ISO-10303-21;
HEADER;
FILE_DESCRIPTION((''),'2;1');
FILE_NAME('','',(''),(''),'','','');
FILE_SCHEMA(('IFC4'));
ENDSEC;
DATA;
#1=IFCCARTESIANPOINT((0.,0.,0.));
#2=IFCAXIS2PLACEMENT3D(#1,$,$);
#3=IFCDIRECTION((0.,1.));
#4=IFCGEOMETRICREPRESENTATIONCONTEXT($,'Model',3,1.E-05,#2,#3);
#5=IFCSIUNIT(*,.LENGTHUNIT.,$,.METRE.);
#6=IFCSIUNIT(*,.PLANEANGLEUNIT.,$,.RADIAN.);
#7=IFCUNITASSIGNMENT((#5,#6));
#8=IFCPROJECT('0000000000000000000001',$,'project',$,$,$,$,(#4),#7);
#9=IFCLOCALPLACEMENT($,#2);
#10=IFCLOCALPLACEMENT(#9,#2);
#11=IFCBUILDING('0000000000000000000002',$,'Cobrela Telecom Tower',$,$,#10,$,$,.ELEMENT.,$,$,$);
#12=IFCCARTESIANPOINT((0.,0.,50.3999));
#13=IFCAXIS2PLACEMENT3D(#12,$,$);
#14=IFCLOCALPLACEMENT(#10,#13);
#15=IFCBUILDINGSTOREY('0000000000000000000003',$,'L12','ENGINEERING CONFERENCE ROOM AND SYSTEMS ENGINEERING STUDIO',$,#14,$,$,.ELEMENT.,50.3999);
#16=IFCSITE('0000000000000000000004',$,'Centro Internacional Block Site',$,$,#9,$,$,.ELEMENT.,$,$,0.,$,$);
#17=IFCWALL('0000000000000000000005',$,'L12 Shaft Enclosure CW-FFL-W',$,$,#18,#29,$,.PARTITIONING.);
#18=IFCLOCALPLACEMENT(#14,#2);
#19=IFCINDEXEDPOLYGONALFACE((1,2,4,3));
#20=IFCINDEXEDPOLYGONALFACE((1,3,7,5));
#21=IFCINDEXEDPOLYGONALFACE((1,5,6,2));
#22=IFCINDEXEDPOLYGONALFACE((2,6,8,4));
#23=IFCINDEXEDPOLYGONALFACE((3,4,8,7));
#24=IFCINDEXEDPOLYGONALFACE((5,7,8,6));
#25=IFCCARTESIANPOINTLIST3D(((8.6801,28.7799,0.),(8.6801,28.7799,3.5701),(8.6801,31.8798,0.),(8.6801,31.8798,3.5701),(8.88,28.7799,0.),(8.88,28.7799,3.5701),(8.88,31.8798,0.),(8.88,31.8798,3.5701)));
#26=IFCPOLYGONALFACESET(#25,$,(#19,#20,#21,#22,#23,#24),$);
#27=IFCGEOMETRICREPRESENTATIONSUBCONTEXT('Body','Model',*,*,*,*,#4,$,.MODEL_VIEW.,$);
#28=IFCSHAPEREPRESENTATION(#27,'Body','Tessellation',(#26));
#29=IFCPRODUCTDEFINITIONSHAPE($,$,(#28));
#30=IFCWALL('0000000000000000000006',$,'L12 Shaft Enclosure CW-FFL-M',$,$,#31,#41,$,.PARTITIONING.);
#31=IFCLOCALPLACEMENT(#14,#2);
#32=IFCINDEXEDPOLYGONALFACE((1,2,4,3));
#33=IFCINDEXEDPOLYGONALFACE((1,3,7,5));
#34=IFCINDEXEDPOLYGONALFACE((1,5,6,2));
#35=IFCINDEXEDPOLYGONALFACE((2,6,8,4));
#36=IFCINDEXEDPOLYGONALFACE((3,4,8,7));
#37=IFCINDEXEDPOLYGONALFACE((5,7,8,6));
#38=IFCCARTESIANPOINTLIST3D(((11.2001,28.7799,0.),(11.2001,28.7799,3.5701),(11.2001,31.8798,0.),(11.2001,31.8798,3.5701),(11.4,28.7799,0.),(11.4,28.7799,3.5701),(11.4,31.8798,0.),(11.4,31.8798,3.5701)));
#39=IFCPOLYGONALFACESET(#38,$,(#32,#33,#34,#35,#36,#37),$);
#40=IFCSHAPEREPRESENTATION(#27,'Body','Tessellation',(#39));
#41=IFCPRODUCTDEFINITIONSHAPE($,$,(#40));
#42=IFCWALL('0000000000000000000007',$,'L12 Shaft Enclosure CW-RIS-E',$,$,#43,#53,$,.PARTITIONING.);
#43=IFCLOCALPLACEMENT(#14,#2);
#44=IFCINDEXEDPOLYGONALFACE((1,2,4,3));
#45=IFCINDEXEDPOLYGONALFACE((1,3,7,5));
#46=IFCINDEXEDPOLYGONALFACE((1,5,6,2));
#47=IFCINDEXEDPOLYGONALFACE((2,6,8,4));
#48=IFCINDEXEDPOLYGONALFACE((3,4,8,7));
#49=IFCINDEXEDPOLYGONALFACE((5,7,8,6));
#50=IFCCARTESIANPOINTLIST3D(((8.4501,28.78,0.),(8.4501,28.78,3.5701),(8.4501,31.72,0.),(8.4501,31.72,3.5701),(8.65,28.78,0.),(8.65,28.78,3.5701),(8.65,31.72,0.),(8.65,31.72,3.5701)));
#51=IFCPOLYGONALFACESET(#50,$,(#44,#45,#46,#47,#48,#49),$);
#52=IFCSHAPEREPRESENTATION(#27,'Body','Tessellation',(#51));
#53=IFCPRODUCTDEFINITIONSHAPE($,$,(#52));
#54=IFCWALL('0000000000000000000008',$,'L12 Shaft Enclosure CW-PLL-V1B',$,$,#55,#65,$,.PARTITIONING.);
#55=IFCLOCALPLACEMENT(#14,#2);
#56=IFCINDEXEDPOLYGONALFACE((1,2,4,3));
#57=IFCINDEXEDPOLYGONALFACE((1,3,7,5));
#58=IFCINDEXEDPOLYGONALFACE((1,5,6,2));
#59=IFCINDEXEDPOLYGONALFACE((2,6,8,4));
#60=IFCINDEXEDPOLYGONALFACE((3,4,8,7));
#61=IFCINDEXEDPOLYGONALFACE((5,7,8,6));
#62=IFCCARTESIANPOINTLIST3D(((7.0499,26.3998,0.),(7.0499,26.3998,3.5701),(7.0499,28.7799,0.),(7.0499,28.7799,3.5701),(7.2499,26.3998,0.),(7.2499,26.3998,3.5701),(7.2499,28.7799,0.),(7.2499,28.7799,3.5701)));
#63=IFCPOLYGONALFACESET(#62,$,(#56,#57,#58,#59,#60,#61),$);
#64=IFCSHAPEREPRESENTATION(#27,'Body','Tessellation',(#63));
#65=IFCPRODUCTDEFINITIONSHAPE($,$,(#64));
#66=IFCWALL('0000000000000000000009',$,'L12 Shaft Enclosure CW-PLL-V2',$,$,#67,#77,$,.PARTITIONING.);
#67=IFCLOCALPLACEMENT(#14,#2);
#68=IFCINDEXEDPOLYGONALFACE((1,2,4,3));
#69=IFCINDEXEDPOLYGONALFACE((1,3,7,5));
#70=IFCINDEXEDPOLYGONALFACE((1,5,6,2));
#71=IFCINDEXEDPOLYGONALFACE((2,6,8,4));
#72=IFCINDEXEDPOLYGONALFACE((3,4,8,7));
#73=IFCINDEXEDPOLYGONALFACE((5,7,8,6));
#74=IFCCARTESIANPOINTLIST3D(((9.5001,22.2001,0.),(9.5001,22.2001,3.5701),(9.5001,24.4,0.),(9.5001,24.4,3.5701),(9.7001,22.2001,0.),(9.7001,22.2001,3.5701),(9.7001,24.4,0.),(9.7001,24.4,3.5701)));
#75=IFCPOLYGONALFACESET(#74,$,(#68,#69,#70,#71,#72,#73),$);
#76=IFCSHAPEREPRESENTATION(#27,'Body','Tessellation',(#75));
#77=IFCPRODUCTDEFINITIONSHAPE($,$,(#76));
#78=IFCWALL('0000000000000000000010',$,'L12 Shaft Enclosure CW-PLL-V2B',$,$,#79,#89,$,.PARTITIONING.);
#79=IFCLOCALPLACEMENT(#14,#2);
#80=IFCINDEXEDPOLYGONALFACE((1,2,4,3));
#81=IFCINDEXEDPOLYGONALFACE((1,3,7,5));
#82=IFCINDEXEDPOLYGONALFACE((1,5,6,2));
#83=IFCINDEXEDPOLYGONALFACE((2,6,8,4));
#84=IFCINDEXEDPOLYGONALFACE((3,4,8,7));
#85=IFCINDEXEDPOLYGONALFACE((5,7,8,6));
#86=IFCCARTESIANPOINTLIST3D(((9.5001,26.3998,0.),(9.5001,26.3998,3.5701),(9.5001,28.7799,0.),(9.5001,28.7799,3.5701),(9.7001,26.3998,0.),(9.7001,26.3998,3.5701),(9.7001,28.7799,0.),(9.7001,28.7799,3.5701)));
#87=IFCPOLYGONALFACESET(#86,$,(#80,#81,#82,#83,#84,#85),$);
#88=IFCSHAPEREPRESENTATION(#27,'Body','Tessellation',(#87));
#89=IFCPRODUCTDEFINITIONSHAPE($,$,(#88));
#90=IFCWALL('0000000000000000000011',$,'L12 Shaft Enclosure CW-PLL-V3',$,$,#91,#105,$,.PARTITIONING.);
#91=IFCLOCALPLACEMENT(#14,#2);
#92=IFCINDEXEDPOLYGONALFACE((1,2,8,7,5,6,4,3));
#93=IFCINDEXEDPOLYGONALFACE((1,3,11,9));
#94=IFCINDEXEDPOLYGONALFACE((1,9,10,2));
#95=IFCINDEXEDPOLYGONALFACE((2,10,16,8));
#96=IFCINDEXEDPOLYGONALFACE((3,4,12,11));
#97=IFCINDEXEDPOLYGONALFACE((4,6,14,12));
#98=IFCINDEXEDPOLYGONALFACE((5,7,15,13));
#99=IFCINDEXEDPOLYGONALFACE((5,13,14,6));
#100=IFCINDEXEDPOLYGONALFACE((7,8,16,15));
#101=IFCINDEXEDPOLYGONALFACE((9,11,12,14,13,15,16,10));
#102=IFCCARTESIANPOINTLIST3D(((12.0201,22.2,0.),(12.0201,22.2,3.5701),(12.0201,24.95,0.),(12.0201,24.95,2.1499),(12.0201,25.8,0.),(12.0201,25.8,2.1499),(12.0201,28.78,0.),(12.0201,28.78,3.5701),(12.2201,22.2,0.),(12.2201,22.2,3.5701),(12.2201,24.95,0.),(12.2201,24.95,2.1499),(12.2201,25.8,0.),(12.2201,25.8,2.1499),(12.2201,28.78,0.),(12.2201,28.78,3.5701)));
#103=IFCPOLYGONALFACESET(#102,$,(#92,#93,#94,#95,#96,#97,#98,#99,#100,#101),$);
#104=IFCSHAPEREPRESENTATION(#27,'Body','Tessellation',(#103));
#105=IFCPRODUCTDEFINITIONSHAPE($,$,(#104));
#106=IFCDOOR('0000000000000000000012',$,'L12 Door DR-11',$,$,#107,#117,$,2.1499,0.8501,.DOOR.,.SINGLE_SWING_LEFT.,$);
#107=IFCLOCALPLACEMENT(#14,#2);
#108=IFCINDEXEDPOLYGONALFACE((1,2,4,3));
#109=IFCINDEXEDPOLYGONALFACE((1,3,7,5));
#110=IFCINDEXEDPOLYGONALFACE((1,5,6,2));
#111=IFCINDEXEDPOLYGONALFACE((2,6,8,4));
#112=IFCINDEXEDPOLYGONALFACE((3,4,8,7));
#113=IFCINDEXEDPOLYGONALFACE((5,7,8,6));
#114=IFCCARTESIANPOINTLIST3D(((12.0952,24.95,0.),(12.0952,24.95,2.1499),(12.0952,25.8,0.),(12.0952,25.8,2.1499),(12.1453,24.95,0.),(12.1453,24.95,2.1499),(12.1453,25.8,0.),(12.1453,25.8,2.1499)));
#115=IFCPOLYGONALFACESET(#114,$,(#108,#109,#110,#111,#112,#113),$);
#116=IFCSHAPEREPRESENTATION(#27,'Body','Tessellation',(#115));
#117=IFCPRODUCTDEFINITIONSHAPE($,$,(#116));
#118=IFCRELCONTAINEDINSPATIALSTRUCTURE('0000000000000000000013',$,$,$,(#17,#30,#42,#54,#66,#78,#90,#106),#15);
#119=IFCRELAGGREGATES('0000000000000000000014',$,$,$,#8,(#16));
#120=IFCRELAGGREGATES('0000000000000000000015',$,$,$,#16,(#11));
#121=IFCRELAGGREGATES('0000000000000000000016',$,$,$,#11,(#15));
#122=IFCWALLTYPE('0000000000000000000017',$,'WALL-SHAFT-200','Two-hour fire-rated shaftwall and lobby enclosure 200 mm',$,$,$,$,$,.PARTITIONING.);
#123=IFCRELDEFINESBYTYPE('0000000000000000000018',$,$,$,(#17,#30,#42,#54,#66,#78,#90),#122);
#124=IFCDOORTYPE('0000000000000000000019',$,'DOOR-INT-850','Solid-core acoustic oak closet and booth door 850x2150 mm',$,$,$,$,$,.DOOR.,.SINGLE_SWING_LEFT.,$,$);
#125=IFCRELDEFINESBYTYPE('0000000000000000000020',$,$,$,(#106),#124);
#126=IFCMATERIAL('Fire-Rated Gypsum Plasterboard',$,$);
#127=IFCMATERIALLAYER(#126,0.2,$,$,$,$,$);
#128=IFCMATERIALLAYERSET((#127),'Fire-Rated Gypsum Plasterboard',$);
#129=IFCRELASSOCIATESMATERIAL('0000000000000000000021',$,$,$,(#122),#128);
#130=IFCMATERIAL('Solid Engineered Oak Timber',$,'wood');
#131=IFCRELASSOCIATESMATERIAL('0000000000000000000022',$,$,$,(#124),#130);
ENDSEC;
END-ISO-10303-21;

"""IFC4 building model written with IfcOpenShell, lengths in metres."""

from ifc_helpers import new_model, si_unit, direction, frame, frame_2d, origin, place, context, subcontext, project, spatial, rectangle, extrude, material, layer, layer_set, type_object, element, fill, save


model = new_model("IFC4")

# Units and contexts
model_context = context("Model", 3, precision=1e-05, world=origin(), true_north=direction((0.0, 1.0)))
body_context = subcontext(model_context, "Body", "Model", "MODEL_VIEW")
ifc_project = project(units=[si_unit("LENGTHUNIT", "METRE"), si_unit("PLANEANGLEUNIT", "RADIAN")], contexts=[model_context])

# Site, building, storey
site_placement = place(None, origin())
site = spatial("IfcSite", under=ifc_project, at=site_placement, Name="Centro Internacional Block Site", CompositionType="ELEMENT", RefElevation=0.0)
building_placement = place(site_placement, origin())
building = spatial("IfcBuilding", under=site, at=building_placement, Name="Cobrela Telecom Tower", CompositionType="ELEMENT")
storey_placement = place(building_placement, frame((0.0, 0.0, 50.3999)))
storey = spatial("IfcBuildingStorey", under=building, at=storey_placement, Name="L12", Description="ENGINEERING CONFERENCE ROOM AND SYSTEMS ENGINEERING STUDIO", CompositionType="ELEMENT", Elevation=50.3999)

# Shared definitions
ifc_material_1 = material(Name="Fire-Rated Gypsum Plasterboard")

# Shared definitions
ifc_material_2 = material(Name="Solid Engineered Oak Timber", Category="wood")

# Shared definitions
ifc_layer_1 = layer(ifc_material_1, 0.2)
ifc_layer_set_1 = layer_set([ifc_layer_1], Name="Fire-Rated Gypsum Plasterboard")
wall_type_1 = type_object("IfcWallType", Name="WALL-SHAFT-200", Description="Two-hour fire-rated shaftwall and lobby enclosure 200 mm", PredefinedType="PARTITIONING", material=ifc_layer_set_1)

# Walls
for number, where, z_axis, x_axis, name in (
    (1, (8.78, 28.78, 0.0), (0.0, 0.0, 1.0), (0.0, 1.0, 0.0), "L12 Shaft Enclosure CW-FFL-W"),
    (2, (11.3, 28.78, 0.0), (0.0, 0.0, 1.0), (0.0, 1.0, 0.0), "L12 Shaft Enclosure CW-FFL-M"),
):
    element("IfcWall", number, at=place(storey_placement, frame(where, z_axis=z_axis, x_axis=x_axis)), inside=storey, type_object=wall_type_1, Name=name, PredefinedType="PARTITIONING", context=body_context, shape_type="SweptSolid", body=[
        extrude(rectangle(XDim=3.0999, YDim=0.2, at=frame_2d((1.5498, 0.0))), origin(), (0.0, 0.0, 1.0), 3.5701),
    ])
wall_1_placement = place(storey_placement, frame((8.55, 28.78, 0.0), z_axis=(0.0, 0.0, 1.0), x_axis=(0.0, 1.0, 0.0)))
element("IfcWall", 3, at=wall_1_placement, inside=storey, type_object=wall_type_1, Name="L12 Shaft Enclosure CW-RIS-E", PredefinedType="PARTITIONING", context=body_context, shape_type="SweptSolid", body=[
    extrude(rectangle(XDim=2.9399, YDim=0.2, at=frame_2d((1.47, 0.0))), origin(), (0.0, 0.0, 1.0), 3.5701),
])
wall_2_placement = place(storey_placement, frame((7.1499, 26.3999, 0.0), z_axis=(0.0, 0.0, 1.0), x_axis=(0.0, 1.0, 0.0)))
element("IfcWall", 4, at=wall_2_placement, inside=storey, type_object=wall_type_1, Name="L12 Shaft Enclosure CW-PLL-V1B", PredefinedType="PARTITIONING", context=body_context, shape_type="SweptSolid", body=[
    extrude(rectangle(XDim=2.3801, YDim=0.2, at=frame_2d((1.1899, 0.0))), origin(), (0.0, 0.0, 1.0), 3.5701),
])
wall_3_placement = place(storey_placement, frame((9.6001, 22.2, 0.0), z_axis=(0.0, 0.0, 1.0), x_axis=(0.0, 1.0, 0.0)))
element("IfcWall", 5, at=wall_3_placement, inside=storey, type_object=wall_type_1, Name="L12 Shaft Enclosure CW-PLL-V2", PredefinedType="PARTITIONING", context=body_context, shape_type="SweptSolid", body=[
    extrude(rectangle(XDim=2.2, YDim=0.2, at=frame_2d((1.1001, 0.0))), origin(), (0.0, 0.0, 1.0), 3.5701),
])
wall_4_placement = place(storey_placement, frame((9.6001, 26.3999, 0.0), z_axis=(0.0, 0.0, 1.0), x_axis=(0.0, 1.0, 0.0)))
element("IfcWall", 6, at=wall_4_placement, inside=storey, type_object=wall_type_1, Name="L12 Shaft Enclosure CW-PLL-V2B", PredefinedType="PARTITIONING", context=body_context, shape_type="SweptSolid", body=[
    extrude(rectangle(XDim=2.3801, YDim=0.2, at=frame_2d((1.1899, 0.0))), origin(), (0.0, 0.0, 1.0), 3.5701),
])

# Wall, opening, door
wall_5_placement = place(storey_placement, frame((12.1201, 22.2, 0.0), z_axis=(0.0, 0.0, 1.0), x_axis=(0.0, 1.0, 0.0)))
wall_5 = element("IfcWall", 7, at=wall_5_placement, inside=storey, type_object=wall_type_1, Name="L12 Shaft Enclosure CW-PLL-V3", PredefinedType="PARTITIONING", context=body_context, shape_type="SweptSolid", body=[
    extrude(rectangle(XDim=6.5801, YDim=0.2, at=frame_2d((3.29, 0.0))), origin(), (0.0, 0.0, 1.0), 3.5701),
])
opening_1_placement = place(wall_5_placement, frame((2.75, 0.0, 0.0)))
opening_1 = element("IfcOpeningElement", 8, at=opening_1_placement, cuts=wall_5, PredefinedType="OPENING", context=body_context, shape_type="SweptSolid", body=[
    extrude(rectangle(XDim=0.8501, YDim=2.1499, at=frame_2d((0.425, 1.075))), frame((0.0, 0.1118, 0.0), z_axis=(0.0, -1.0, 0.0), x_axis=(1.0, 0.0, 0.0)), (0.0, 0.0, 1.0), 0.2239),
])
door_type_1 = type_object("IfcDoorType", Name="DOOR-INT-850", Description="Solid-core acoustic oak closet and booth door 850x2150 mm", OperationType="SINGLE_SWING_LEFT", PredefinedType="DOOR", material=ifc_material_2)
door_1_placement = place(opening_1_placement, origin())
door_1 = element("IfcDoor", 9, at=door_1_placement, inside=storey, type_object=door_type_1, Name="L12 Door DR-11", OperationType="SINGLE_SWING_LEFT", OverallHeight=2.1499, OverallWidth=0.8501, PredefinedType="DOOR", context=body_context, shape_type="SweptSolid", body=[
    extrude(rectangle(XDim=0.8501, YDim=2.1499, at=frame_2d((0.425, 1.075))), frame((0.0, 0.0249, 0.0), z_axis=(0.0, -1.0, 0.0), x_axis=(1.0, 0.0, 0.0)), (0.0, 0.0, 1.0), 0.05),
])
fill(opening_1, door_1)

save(model, "model.ifc")
